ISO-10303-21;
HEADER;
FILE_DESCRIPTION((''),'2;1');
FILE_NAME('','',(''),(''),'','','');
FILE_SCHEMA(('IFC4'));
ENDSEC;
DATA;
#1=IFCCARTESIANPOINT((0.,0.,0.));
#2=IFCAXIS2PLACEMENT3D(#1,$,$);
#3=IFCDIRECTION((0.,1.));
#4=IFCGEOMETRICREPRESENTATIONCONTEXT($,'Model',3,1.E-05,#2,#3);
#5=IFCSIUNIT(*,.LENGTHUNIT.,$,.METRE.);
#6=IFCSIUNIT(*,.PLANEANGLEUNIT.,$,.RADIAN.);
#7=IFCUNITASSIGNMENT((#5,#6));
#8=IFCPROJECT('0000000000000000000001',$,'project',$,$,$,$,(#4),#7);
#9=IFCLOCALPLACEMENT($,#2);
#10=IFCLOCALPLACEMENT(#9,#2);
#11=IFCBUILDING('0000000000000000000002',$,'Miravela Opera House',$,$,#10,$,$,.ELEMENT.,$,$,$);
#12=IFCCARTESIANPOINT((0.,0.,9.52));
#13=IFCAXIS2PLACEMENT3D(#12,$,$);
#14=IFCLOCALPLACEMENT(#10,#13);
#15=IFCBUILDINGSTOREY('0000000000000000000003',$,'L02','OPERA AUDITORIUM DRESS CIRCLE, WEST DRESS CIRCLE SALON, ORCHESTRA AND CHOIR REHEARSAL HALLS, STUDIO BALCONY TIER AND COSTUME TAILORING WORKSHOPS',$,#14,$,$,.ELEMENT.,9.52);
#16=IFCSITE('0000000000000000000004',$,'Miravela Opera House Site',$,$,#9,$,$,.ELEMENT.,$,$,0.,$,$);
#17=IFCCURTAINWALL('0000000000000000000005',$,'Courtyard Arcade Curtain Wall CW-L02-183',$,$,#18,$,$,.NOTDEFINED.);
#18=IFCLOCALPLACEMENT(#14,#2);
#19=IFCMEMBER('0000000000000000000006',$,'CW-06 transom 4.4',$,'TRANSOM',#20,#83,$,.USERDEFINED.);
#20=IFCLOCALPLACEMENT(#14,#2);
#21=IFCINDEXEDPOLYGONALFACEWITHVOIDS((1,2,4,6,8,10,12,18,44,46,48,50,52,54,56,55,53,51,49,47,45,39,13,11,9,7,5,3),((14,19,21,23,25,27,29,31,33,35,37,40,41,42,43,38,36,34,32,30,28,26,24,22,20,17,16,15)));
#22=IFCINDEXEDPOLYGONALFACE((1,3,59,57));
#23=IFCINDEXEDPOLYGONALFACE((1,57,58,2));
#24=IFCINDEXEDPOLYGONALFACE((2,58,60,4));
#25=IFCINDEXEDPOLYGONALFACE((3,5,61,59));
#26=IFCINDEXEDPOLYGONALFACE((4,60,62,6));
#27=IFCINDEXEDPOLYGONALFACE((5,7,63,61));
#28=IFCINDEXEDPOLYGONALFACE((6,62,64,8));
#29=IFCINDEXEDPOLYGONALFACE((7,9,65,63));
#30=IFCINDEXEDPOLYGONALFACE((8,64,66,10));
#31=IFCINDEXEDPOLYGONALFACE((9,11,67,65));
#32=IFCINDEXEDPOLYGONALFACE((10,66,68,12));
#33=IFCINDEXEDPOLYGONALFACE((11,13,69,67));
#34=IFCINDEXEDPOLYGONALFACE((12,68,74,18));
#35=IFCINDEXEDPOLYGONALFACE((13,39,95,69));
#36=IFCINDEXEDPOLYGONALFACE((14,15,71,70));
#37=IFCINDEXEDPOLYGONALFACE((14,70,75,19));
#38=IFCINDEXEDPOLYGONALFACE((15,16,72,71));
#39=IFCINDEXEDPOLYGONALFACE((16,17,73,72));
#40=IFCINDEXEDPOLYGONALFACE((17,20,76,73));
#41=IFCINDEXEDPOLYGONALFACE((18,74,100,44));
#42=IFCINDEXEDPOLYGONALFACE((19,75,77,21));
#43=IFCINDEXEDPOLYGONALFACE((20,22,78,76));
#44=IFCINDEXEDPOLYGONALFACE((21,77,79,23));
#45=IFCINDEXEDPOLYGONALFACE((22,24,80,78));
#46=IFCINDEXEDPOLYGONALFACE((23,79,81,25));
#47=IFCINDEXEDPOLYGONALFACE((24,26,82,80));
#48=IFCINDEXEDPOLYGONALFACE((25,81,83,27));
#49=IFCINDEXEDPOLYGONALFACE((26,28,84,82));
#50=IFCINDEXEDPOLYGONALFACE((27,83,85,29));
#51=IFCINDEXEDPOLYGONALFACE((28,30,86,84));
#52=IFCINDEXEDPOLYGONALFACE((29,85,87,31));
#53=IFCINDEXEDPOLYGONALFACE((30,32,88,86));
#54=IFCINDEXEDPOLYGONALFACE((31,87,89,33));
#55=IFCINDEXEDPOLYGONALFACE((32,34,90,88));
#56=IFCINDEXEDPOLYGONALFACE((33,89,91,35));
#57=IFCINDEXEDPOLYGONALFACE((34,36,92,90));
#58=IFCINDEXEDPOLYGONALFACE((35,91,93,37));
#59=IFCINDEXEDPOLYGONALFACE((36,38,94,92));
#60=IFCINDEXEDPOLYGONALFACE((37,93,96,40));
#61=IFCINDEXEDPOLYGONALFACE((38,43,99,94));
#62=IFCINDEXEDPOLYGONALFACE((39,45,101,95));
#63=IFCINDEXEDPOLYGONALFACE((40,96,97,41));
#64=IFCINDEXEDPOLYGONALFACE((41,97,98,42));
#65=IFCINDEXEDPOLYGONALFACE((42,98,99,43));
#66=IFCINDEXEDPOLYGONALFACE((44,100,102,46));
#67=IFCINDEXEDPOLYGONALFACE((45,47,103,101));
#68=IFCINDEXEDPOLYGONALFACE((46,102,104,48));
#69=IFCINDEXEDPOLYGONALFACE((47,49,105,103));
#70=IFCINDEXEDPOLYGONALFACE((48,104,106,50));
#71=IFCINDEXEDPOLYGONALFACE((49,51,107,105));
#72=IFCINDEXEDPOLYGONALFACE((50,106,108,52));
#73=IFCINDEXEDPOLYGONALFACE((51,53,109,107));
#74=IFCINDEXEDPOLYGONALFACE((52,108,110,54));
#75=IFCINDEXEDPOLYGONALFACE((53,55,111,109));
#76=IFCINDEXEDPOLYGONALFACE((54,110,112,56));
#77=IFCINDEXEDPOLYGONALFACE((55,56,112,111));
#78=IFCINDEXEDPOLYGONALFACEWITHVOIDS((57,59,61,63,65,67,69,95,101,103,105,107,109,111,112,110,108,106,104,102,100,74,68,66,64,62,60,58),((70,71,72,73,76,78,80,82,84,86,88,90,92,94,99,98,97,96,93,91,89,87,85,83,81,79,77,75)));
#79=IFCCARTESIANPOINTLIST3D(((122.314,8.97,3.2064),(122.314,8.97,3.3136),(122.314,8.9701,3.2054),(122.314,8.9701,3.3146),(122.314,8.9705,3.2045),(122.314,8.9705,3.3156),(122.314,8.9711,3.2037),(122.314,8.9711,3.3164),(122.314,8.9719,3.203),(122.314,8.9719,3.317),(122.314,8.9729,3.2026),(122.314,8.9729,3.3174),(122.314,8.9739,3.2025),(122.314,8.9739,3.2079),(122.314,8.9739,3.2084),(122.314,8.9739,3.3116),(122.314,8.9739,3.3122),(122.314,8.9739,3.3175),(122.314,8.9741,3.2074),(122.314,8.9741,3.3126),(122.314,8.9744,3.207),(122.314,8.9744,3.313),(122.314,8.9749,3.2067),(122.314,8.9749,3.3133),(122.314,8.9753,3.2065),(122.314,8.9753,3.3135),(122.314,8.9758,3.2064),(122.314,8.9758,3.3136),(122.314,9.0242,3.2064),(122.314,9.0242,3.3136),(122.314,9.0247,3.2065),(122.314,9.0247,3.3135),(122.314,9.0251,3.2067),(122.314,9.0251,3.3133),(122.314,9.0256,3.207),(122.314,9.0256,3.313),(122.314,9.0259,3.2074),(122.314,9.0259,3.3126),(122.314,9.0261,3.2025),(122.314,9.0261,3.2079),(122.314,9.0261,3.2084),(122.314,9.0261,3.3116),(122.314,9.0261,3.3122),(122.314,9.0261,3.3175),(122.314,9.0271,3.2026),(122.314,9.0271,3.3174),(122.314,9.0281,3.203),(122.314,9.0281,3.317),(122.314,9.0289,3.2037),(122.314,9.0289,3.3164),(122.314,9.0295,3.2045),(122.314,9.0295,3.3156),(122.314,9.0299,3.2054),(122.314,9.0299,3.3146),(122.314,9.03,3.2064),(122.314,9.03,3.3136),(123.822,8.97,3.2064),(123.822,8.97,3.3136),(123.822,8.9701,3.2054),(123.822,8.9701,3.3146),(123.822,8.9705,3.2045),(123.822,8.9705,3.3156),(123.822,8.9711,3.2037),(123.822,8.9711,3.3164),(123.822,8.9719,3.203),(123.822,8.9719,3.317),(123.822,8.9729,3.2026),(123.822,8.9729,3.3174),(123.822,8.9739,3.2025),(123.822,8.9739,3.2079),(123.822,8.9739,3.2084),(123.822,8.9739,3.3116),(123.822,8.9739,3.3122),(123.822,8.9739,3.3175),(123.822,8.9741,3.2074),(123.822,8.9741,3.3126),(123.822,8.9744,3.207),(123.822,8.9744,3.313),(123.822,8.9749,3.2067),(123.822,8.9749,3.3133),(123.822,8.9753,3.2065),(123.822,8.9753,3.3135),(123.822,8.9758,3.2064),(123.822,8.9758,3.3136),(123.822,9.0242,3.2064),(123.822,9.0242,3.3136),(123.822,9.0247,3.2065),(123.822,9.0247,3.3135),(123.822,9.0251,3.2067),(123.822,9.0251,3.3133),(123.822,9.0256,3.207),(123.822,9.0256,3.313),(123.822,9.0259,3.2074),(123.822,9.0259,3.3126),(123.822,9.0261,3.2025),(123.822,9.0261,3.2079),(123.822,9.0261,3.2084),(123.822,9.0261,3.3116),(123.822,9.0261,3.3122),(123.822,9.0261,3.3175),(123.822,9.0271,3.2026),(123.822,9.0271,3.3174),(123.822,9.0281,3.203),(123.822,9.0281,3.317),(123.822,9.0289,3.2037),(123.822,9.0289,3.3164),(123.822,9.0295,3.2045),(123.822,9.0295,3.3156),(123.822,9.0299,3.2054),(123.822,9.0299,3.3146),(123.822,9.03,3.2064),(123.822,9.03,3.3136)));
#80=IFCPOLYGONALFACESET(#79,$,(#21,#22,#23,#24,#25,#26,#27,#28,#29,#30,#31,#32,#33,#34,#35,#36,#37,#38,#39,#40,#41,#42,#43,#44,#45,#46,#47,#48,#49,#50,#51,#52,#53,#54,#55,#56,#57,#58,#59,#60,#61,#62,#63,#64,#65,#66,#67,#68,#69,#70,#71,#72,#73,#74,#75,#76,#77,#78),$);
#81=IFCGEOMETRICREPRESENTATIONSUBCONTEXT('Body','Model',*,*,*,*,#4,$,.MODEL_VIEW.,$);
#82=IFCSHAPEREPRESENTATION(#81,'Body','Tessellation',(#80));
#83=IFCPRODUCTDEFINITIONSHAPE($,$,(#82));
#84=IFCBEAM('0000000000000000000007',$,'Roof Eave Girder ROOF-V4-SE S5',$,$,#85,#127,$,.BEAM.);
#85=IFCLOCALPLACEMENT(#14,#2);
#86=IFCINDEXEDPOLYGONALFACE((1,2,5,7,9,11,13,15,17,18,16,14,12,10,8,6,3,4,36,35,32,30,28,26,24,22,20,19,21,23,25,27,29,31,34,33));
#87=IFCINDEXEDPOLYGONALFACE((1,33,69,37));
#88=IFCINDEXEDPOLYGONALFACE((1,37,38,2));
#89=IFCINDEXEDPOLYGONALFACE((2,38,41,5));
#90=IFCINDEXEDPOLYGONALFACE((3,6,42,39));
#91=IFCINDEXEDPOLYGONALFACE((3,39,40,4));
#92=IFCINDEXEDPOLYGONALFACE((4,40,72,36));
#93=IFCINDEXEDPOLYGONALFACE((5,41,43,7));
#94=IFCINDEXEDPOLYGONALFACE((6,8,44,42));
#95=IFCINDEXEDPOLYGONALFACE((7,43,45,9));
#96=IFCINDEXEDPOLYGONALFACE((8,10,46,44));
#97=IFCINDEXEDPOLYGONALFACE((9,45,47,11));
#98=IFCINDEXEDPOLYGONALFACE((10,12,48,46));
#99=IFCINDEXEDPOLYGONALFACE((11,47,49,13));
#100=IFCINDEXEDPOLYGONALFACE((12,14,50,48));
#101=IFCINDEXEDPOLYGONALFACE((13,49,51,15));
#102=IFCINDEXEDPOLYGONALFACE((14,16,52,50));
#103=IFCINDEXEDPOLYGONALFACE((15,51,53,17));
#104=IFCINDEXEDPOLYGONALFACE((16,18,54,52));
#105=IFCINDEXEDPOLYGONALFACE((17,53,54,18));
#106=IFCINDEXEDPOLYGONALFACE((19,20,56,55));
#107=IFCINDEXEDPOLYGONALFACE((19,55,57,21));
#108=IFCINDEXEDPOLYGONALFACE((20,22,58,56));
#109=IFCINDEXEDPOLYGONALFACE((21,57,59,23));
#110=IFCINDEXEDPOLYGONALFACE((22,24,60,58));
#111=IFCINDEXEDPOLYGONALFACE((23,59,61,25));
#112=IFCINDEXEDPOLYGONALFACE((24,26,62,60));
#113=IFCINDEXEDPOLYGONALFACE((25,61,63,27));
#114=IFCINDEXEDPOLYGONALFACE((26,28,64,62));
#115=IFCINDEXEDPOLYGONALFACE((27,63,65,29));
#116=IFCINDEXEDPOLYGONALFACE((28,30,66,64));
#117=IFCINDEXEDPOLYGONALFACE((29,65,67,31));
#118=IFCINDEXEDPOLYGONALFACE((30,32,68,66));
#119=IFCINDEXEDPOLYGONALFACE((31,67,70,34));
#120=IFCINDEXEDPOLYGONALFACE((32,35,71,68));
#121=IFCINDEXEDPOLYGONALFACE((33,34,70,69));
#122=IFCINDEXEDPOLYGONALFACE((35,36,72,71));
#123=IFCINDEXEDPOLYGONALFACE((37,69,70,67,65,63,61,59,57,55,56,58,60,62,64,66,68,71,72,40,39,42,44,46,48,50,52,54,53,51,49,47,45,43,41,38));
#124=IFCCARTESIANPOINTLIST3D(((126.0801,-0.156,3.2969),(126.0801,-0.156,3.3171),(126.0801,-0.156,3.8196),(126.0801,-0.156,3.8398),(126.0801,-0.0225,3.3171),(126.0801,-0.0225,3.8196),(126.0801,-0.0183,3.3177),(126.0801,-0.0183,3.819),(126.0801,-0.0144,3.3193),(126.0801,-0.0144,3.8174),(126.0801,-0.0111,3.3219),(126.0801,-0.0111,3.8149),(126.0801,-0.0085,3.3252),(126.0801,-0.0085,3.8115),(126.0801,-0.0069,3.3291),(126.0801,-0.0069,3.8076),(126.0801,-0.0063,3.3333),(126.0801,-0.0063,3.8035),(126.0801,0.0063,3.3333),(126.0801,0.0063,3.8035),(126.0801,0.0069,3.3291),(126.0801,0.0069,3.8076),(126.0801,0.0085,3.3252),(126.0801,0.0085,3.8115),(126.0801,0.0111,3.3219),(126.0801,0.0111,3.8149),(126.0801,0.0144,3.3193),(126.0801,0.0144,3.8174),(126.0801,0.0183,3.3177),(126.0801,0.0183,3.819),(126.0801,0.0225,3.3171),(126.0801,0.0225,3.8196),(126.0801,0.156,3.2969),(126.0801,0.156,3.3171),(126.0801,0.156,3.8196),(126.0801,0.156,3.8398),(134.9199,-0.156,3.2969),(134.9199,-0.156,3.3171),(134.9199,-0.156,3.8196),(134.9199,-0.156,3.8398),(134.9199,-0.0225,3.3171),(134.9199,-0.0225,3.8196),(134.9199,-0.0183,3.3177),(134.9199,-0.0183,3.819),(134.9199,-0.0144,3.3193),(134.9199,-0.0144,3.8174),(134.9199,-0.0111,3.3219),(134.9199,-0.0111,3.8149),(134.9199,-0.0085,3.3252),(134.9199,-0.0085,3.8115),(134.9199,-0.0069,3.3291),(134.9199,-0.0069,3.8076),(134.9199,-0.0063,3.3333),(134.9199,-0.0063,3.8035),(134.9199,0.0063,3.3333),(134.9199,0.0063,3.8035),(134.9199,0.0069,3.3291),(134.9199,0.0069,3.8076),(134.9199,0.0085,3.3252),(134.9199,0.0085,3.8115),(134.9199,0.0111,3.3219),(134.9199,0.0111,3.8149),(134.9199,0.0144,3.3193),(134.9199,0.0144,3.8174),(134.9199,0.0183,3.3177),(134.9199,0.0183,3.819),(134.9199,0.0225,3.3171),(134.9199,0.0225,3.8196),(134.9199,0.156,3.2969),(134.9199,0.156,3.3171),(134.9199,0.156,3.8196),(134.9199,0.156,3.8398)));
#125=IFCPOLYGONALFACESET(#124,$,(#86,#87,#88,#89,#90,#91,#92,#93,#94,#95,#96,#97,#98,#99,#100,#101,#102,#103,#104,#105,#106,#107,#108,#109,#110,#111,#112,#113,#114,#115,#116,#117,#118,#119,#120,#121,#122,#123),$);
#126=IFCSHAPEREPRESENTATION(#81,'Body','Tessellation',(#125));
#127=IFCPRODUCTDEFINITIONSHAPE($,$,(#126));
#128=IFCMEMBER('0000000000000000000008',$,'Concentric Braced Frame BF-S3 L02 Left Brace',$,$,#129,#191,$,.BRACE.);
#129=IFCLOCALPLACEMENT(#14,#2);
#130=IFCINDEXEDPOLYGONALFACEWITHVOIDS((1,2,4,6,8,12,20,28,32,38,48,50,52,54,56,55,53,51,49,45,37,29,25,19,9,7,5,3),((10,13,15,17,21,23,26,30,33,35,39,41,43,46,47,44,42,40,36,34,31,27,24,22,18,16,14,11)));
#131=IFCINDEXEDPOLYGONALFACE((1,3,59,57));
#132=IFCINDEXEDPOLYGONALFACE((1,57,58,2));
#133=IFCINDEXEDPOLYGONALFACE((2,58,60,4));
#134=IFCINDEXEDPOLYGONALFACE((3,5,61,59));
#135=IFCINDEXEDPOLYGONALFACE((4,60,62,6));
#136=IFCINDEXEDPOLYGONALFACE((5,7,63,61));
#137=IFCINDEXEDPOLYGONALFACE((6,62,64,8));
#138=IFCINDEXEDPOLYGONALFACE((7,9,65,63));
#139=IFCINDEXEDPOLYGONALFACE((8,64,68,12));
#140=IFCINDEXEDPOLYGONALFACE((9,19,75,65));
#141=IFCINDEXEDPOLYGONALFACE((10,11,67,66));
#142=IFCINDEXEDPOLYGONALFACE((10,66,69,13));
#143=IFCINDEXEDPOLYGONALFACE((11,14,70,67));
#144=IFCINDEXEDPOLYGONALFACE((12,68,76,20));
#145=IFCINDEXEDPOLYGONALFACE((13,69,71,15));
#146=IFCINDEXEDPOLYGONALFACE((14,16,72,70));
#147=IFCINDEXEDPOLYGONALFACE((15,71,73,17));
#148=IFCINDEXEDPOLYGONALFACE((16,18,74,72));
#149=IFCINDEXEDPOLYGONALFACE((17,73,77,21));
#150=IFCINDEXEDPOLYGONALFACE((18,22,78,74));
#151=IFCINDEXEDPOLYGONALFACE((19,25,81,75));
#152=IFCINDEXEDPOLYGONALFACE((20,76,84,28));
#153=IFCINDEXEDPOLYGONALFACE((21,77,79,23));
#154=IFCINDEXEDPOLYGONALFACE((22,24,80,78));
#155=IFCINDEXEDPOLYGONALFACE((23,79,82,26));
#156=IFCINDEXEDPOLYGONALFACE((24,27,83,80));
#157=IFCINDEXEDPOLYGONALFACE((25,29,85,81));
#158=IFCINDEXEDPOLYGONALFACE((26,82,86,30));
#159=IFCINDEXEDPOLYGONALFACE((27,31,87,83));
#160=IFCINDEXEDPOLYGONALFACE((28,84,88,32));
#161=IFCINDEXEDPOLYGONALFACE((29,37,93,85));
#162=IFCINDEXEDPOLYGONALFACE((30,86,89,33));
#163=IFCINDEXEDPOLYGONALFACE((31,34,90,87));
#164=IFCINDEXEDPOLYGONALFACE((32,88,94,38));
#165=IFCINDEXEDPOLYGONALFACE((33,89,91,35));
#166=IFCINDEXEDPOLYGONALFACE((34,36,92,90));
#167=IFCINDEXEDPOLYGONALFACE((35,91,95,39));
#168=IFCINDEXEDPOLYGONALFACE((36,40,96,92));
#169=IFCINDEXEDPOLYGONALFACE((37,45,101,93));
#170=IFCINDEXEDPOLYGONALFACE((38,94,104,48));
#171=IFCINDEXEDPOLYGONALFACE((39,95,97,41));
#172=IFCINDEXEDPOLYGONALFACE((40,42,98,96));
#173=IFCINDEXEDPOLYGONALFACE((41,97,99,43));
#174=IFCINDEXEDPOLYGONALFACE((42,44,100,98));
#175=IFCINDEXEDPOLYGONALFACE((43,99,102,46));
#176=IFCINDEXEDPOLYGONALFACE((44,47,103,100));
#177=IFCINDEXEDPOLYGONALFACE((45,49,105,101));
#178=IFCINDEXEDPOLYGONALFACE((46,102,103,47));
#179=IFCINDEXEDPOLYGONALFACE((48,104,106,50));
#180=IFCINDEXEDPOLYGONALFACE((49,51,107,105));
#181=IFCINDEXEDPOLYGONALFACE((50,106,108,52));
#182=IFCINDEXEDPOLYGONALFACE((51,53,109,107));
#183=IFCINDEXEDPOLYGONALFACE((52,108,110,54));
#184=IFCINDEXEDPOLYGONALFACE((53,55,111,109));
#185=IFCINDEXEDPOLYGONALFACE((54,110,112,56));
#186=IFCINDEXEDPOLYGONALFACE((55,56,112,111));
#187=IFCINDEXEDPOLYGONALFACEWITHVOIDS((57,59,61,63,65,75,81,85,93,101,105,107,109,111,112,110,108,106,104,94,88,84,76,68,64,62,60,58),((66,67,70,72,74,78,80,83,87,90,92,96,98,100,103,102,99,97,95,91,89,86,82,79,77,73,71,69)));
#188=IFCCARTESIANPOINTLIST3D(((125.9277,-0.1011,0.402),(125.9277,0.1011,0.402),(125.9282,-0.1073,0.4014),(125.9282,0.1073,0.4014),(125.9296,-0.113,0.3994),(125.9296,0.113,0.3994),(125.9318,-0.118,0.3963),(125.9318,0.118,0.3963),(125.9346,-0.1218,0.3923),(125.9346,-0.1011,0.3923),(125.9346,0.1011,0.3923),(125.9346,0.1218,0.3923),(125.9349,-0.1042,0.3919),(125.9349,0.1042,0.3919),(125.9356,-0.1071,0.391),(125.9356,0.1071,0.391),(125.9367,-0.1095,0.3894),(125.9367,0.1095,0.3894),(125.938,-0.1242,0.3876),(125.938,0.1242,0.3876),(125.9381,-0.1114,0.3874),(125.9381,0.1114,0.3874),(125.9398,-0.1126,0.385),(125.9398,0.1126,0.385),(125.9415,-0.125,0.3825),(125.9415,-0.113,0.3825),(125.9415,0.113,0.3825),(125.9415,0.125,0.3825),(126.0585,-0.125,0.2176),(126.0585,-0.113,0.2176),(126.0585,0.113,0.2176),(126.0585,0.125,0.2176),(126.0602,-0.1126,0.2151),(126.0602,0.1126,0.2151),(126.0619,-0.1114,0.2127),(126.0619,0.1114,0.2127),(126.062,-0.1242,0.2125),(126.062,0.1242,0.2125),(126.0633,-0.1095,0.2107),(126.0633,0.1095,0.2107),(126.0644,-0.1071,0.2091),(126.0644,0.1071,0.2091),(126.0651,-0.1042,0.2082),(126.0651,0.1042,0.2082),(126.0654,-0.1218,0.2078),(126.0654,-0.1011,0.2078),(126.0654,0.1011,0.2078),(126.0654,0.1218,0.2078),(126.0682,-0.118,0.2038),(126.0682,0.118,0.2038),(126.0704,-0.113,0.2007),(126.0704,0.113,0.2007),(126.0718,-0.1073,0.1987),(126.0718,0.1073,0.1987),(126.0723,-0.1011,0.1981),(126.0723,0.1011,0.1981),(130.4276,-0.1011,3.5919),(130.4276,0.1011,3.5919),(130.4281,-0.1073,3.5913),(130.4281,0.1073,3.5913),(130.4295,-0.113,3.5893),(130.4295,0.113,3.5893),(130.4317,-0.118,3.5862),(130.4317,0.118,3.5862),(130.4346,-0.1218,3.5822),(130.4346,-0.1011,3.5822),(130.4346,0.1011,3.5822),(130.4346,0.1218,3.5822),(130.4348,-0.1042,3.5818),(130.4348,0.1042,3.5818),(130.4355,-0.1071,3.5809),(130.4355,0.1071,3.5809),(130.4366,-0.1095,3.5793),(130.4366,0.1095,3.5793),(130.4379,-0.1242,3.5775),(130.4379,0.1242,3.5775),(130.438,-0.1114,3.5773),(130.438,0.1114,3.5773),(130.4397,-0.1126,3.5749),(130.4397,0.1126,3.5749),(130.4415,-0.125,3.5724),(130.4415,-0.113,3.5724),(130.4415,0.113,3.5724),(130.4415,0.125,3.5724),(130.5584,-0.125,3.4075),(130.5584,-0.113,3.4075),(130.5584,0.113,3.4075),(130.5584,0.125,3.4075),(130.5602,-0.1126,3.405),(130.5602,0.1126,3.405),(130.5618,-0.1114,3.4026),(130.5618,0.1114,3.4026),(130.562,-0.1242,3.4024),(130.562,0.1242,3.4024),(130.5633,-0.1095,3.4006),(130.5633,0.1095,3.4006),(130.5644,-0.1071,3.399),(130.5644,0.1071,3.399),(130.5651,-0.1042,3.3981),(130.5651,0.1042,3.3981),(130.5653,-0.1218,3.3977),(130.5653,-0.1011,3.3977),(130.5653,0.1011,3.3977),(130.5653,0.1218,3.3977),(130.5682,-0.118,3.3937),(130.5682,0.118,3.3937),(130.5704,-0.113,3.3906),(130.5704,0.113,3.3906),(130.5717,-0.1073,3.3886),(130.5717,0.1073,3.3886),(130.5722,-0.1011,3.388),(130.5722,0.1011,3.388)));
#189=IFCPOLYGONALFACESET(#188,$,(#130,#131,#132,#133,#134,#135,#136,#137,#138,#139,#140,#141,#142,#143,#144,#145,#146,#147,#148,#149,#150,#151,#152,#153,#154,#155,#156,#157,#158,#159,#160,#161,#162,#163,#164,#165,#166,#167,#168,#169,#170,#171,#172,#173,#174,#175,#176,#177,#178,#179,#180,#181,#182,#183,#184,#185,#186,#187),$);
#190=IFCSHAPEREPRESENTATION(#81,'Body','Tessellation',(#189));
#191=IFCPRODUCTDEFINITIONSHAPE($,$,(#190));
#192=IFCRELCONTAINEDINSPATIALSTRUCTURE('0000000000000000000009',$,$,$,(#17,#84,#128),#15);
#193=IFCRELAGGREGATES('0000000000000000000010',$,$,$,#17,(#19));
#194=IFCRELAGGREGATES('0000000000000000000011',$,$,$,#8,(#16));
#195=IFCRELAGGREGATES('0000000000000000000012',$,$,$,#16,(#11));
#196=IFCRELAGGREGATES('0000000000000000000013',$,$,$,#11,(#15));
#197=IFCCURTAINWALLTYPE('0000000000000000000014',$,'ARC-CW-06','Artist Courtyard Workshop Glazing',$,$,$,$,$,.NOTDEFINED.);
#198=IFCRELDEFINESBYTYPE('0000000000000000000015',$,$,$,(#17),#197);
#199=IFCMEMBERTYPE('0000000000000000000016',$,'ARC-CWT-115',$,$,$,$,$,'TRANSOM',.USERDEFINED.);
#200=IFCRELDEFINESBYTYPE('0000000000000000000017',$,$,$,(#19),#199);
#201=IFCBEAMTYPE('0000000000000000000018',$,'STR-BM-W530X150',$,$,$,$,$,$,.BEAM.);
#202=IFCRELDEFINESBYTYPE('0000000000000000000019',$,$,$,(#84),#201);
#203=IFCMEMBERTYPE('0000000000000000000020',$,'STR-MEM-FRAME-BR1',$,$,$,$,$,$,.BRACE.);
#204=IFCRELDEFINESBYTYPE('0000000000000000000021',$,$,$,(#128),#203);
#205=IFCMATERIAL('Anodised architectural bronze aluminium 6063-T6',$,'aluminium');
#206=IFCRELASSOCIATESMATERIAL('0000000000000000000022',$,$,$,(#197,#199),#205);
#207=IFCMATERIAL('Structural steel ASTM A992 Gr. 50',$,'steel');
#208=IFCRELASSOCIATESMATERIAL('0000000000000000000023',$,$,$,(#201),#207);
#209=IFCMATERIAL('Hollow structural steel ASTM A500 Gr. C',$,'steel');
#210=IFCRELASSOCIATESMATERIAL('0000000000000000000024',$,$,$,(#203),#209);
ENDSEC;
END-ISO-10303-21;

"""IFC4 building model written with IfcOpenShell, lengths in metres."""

from ifc_helpers import new_model, si_unit, direction, frame, origin, origin_2d, place, context, subcontext, project, spatial, hollow_rectangle, i_section, extrude, material, material_profile, profile_set, type_object, element, aggregate, save


model = new_model("IFC4")

# Units and contexts
model_context = context("Model", 3, precision=1e-05, world=origin(), true_north=direction((0.0, 1.0)))
body_context = subcontext(model_context, "Body", "Model", "MODEL_VIEW")
ifc_project = project(units=[si_unit("LENGTHUNIT", "METRE"), si_unit("PLANEANGLEUNIT", "RADIAN")], contexts=[model_context])

# Site, building, storey
site_placement = place(None, origin())
site = spatial("IfcSite", under=ifc_project, at=site_placement, Name="Miravela Opera House Site", CompositionType="ELEMENT", RefElevation=0.0)
building_placement = place(site_placement, origin())
building = spatial("IfcBuilding", under=site, at=building_placement, Name="Miravela Opera House", CompositionType="ELEMENT")
storey_placement = place(building_placement, frame((0.0, 0.0, 9.52)))
storey = spatial("IfcBuildingStorey", under=building, at=storey_placement, Name="L02", Description="OPERA AUDITORIUM DRESS CIRCLE, WEST DRESS CIRCLE SALON, ORCHESTRA AND CHOIR REHEARSAL HALLS, STUDIO BALCONY TIER AND COSTUME TAILORING WORKSHOPS", CompositionType="ELEMENT", Elevation=9.52)

# Curtain wall, member
ifc_material_1 = material(Name="Anodised architectural bronze aluminium 6063-T6", Category="aluminium")
curtain_wall_type = type_object("IfcCurtainWallType", Name="ARC-CW-06", Description="Artist Courtyard Workshop Glazing", PredefinedType="NOTDEFINED", material=ifc_material_1)
curtain_wall_placement = place(storey_placement, origin())
curtain_wall = element("IfcCurtainWall", 1, at=curtain_wall_placement, inside=storey, type_object=curtain_wall_type, Name="Courtyard Arcade Curtain Wall CW-L02-183", PredefinedType="NOTDEFINED")
ifc_material_profile_1 = material_profile(ifc_material_1, hollow_rectangle(XDim=0.0601, YDim=0.115, WallThickness=0.0039, InnerFilletRadius=0.002, OuterFilletRadius=0.0039, at=origin_2d()), Name="CWT-60X115")
ifc_profile_set_1 = profile_set([ifc_material_profile_1])
member_type_1 = type_object("IfcMemberType", Name="ARC-CWT-115", ElementType="TRANSOM", PredefinedType="USERDEFINED", material=ifc_profile_set_1)
member_1_placement = place(storey_placement, frame((122.314, 9.0, 3.26), z_axis=(1.0, 0.0, 0.0), x_axis=(0.0, 1.0, 0.0)))
member_1 = element("IfcMember", 2, at=member_1_placement, type_object=member_type_1, Name="CW-06 transom 4.4", ObjectType="TRANSOM", PredefinedType="USERDEFINED", context=body_context, shape_type="SweptSolid", body=[
    extrude(hollow_rectangle(XDim=0.0601, YDim=0.115, WallThickness=0.0039, InnerFilletRadius=0.002, OuterFilletRadius=0.0039, at=origin_2d()), origin(), (0.0, 0.0, 1.0), 1.5081),
])

# Beam
ifc_material_2 = material(Name="Structural steel ASTM A992 Gr. 50", Category="steel")
ifc_material_profile_2 = material_profile(ifc_material_2, i_section(OverallWidth=0.312, OverallDepth=0.543, WebThickness=0.0127, FlangeThickness=0.0203, FilletRadius=0.0161, at=origin_2d()), Name="W530X150")
ifc_profile_set_2 = profile_set([ifc_material_profile_2])
beam_type = type_object("IfcBeamType", Name="STR-BM-W530X150", PredefinedType="BEAM", material=ifc_profile_set_2)
beam_placement = place(storey_placement, frame((126.0801, 0.0, 3.5684), z_axis=(1.0, 0.0, 0.0), x_axis=(0.0, 1.0, 0.0)))
element("IfcBeam", 3, at=beam_placement, inside=storey, type_object=beam_type, Name="Roof Eave Girder ROOF-V4-SE S5", PredefinedType="BEAM", context=body_context, shape_type="SweptSolid", body=[
    extrude(i_section(OverallWidth=0.312, OverallDepth=0.543, WebThickness=0.0127, FlangeThickness=0.0203, FilletRadius=0.0161, at=origin_2d()), origin(), (0.0, 0.0, 1.0), 8.8398),
])

# Member
ifc_material_3 = material(Name="Hollow structural steel ASTM A500 Gr. C", Category="steel")
ifc_material_profile_3 = material_profile(ifc_material_3, hollow_rectangle(XDim=0.25, YDim=0.25, WallThickness=0.012, InnerFilletRadius=0.012, OuterFilletRadius=0.0239, at=origin_2d()), Name="HSS250X250X12")
ifc_profile_set_3 = profile_set([ifc_material_profile_3])
member_type_2 = type_object("IfcMemberType", Name="STR-MEM-FRAME-BR1", PredefinedType="BRACE", material=ifc_profile_set_3)
member_2_placement = place(storey_placement, frame((126.0, 0.0, 0.3), z_axis=(0.815816, 0.0, 0.578312), x_axis=(0.0, 1.0, 0.0)))
element("IfcMember", 4, at=member_2_placement, inside=storey, type_object=member_type_2, Name="Concentric Braced Frame BF-S3 L02 Left Brace", PredefinedType="BRACE", context=body_context, shape_type="SweptSolid", body=[
    extrude(hollow_rectangle(XDim=0.25, YDim=0.25, WallThickness=0.012, InnerFilletRadius=0.012, OuterFilletRadius=0.0239, at=origin_2d()), origin(), (0.0, 0.0, 1.0), 5.5159),
])

aggregate(curtain_wall, [member_1])

save(model, "model.ifc")
